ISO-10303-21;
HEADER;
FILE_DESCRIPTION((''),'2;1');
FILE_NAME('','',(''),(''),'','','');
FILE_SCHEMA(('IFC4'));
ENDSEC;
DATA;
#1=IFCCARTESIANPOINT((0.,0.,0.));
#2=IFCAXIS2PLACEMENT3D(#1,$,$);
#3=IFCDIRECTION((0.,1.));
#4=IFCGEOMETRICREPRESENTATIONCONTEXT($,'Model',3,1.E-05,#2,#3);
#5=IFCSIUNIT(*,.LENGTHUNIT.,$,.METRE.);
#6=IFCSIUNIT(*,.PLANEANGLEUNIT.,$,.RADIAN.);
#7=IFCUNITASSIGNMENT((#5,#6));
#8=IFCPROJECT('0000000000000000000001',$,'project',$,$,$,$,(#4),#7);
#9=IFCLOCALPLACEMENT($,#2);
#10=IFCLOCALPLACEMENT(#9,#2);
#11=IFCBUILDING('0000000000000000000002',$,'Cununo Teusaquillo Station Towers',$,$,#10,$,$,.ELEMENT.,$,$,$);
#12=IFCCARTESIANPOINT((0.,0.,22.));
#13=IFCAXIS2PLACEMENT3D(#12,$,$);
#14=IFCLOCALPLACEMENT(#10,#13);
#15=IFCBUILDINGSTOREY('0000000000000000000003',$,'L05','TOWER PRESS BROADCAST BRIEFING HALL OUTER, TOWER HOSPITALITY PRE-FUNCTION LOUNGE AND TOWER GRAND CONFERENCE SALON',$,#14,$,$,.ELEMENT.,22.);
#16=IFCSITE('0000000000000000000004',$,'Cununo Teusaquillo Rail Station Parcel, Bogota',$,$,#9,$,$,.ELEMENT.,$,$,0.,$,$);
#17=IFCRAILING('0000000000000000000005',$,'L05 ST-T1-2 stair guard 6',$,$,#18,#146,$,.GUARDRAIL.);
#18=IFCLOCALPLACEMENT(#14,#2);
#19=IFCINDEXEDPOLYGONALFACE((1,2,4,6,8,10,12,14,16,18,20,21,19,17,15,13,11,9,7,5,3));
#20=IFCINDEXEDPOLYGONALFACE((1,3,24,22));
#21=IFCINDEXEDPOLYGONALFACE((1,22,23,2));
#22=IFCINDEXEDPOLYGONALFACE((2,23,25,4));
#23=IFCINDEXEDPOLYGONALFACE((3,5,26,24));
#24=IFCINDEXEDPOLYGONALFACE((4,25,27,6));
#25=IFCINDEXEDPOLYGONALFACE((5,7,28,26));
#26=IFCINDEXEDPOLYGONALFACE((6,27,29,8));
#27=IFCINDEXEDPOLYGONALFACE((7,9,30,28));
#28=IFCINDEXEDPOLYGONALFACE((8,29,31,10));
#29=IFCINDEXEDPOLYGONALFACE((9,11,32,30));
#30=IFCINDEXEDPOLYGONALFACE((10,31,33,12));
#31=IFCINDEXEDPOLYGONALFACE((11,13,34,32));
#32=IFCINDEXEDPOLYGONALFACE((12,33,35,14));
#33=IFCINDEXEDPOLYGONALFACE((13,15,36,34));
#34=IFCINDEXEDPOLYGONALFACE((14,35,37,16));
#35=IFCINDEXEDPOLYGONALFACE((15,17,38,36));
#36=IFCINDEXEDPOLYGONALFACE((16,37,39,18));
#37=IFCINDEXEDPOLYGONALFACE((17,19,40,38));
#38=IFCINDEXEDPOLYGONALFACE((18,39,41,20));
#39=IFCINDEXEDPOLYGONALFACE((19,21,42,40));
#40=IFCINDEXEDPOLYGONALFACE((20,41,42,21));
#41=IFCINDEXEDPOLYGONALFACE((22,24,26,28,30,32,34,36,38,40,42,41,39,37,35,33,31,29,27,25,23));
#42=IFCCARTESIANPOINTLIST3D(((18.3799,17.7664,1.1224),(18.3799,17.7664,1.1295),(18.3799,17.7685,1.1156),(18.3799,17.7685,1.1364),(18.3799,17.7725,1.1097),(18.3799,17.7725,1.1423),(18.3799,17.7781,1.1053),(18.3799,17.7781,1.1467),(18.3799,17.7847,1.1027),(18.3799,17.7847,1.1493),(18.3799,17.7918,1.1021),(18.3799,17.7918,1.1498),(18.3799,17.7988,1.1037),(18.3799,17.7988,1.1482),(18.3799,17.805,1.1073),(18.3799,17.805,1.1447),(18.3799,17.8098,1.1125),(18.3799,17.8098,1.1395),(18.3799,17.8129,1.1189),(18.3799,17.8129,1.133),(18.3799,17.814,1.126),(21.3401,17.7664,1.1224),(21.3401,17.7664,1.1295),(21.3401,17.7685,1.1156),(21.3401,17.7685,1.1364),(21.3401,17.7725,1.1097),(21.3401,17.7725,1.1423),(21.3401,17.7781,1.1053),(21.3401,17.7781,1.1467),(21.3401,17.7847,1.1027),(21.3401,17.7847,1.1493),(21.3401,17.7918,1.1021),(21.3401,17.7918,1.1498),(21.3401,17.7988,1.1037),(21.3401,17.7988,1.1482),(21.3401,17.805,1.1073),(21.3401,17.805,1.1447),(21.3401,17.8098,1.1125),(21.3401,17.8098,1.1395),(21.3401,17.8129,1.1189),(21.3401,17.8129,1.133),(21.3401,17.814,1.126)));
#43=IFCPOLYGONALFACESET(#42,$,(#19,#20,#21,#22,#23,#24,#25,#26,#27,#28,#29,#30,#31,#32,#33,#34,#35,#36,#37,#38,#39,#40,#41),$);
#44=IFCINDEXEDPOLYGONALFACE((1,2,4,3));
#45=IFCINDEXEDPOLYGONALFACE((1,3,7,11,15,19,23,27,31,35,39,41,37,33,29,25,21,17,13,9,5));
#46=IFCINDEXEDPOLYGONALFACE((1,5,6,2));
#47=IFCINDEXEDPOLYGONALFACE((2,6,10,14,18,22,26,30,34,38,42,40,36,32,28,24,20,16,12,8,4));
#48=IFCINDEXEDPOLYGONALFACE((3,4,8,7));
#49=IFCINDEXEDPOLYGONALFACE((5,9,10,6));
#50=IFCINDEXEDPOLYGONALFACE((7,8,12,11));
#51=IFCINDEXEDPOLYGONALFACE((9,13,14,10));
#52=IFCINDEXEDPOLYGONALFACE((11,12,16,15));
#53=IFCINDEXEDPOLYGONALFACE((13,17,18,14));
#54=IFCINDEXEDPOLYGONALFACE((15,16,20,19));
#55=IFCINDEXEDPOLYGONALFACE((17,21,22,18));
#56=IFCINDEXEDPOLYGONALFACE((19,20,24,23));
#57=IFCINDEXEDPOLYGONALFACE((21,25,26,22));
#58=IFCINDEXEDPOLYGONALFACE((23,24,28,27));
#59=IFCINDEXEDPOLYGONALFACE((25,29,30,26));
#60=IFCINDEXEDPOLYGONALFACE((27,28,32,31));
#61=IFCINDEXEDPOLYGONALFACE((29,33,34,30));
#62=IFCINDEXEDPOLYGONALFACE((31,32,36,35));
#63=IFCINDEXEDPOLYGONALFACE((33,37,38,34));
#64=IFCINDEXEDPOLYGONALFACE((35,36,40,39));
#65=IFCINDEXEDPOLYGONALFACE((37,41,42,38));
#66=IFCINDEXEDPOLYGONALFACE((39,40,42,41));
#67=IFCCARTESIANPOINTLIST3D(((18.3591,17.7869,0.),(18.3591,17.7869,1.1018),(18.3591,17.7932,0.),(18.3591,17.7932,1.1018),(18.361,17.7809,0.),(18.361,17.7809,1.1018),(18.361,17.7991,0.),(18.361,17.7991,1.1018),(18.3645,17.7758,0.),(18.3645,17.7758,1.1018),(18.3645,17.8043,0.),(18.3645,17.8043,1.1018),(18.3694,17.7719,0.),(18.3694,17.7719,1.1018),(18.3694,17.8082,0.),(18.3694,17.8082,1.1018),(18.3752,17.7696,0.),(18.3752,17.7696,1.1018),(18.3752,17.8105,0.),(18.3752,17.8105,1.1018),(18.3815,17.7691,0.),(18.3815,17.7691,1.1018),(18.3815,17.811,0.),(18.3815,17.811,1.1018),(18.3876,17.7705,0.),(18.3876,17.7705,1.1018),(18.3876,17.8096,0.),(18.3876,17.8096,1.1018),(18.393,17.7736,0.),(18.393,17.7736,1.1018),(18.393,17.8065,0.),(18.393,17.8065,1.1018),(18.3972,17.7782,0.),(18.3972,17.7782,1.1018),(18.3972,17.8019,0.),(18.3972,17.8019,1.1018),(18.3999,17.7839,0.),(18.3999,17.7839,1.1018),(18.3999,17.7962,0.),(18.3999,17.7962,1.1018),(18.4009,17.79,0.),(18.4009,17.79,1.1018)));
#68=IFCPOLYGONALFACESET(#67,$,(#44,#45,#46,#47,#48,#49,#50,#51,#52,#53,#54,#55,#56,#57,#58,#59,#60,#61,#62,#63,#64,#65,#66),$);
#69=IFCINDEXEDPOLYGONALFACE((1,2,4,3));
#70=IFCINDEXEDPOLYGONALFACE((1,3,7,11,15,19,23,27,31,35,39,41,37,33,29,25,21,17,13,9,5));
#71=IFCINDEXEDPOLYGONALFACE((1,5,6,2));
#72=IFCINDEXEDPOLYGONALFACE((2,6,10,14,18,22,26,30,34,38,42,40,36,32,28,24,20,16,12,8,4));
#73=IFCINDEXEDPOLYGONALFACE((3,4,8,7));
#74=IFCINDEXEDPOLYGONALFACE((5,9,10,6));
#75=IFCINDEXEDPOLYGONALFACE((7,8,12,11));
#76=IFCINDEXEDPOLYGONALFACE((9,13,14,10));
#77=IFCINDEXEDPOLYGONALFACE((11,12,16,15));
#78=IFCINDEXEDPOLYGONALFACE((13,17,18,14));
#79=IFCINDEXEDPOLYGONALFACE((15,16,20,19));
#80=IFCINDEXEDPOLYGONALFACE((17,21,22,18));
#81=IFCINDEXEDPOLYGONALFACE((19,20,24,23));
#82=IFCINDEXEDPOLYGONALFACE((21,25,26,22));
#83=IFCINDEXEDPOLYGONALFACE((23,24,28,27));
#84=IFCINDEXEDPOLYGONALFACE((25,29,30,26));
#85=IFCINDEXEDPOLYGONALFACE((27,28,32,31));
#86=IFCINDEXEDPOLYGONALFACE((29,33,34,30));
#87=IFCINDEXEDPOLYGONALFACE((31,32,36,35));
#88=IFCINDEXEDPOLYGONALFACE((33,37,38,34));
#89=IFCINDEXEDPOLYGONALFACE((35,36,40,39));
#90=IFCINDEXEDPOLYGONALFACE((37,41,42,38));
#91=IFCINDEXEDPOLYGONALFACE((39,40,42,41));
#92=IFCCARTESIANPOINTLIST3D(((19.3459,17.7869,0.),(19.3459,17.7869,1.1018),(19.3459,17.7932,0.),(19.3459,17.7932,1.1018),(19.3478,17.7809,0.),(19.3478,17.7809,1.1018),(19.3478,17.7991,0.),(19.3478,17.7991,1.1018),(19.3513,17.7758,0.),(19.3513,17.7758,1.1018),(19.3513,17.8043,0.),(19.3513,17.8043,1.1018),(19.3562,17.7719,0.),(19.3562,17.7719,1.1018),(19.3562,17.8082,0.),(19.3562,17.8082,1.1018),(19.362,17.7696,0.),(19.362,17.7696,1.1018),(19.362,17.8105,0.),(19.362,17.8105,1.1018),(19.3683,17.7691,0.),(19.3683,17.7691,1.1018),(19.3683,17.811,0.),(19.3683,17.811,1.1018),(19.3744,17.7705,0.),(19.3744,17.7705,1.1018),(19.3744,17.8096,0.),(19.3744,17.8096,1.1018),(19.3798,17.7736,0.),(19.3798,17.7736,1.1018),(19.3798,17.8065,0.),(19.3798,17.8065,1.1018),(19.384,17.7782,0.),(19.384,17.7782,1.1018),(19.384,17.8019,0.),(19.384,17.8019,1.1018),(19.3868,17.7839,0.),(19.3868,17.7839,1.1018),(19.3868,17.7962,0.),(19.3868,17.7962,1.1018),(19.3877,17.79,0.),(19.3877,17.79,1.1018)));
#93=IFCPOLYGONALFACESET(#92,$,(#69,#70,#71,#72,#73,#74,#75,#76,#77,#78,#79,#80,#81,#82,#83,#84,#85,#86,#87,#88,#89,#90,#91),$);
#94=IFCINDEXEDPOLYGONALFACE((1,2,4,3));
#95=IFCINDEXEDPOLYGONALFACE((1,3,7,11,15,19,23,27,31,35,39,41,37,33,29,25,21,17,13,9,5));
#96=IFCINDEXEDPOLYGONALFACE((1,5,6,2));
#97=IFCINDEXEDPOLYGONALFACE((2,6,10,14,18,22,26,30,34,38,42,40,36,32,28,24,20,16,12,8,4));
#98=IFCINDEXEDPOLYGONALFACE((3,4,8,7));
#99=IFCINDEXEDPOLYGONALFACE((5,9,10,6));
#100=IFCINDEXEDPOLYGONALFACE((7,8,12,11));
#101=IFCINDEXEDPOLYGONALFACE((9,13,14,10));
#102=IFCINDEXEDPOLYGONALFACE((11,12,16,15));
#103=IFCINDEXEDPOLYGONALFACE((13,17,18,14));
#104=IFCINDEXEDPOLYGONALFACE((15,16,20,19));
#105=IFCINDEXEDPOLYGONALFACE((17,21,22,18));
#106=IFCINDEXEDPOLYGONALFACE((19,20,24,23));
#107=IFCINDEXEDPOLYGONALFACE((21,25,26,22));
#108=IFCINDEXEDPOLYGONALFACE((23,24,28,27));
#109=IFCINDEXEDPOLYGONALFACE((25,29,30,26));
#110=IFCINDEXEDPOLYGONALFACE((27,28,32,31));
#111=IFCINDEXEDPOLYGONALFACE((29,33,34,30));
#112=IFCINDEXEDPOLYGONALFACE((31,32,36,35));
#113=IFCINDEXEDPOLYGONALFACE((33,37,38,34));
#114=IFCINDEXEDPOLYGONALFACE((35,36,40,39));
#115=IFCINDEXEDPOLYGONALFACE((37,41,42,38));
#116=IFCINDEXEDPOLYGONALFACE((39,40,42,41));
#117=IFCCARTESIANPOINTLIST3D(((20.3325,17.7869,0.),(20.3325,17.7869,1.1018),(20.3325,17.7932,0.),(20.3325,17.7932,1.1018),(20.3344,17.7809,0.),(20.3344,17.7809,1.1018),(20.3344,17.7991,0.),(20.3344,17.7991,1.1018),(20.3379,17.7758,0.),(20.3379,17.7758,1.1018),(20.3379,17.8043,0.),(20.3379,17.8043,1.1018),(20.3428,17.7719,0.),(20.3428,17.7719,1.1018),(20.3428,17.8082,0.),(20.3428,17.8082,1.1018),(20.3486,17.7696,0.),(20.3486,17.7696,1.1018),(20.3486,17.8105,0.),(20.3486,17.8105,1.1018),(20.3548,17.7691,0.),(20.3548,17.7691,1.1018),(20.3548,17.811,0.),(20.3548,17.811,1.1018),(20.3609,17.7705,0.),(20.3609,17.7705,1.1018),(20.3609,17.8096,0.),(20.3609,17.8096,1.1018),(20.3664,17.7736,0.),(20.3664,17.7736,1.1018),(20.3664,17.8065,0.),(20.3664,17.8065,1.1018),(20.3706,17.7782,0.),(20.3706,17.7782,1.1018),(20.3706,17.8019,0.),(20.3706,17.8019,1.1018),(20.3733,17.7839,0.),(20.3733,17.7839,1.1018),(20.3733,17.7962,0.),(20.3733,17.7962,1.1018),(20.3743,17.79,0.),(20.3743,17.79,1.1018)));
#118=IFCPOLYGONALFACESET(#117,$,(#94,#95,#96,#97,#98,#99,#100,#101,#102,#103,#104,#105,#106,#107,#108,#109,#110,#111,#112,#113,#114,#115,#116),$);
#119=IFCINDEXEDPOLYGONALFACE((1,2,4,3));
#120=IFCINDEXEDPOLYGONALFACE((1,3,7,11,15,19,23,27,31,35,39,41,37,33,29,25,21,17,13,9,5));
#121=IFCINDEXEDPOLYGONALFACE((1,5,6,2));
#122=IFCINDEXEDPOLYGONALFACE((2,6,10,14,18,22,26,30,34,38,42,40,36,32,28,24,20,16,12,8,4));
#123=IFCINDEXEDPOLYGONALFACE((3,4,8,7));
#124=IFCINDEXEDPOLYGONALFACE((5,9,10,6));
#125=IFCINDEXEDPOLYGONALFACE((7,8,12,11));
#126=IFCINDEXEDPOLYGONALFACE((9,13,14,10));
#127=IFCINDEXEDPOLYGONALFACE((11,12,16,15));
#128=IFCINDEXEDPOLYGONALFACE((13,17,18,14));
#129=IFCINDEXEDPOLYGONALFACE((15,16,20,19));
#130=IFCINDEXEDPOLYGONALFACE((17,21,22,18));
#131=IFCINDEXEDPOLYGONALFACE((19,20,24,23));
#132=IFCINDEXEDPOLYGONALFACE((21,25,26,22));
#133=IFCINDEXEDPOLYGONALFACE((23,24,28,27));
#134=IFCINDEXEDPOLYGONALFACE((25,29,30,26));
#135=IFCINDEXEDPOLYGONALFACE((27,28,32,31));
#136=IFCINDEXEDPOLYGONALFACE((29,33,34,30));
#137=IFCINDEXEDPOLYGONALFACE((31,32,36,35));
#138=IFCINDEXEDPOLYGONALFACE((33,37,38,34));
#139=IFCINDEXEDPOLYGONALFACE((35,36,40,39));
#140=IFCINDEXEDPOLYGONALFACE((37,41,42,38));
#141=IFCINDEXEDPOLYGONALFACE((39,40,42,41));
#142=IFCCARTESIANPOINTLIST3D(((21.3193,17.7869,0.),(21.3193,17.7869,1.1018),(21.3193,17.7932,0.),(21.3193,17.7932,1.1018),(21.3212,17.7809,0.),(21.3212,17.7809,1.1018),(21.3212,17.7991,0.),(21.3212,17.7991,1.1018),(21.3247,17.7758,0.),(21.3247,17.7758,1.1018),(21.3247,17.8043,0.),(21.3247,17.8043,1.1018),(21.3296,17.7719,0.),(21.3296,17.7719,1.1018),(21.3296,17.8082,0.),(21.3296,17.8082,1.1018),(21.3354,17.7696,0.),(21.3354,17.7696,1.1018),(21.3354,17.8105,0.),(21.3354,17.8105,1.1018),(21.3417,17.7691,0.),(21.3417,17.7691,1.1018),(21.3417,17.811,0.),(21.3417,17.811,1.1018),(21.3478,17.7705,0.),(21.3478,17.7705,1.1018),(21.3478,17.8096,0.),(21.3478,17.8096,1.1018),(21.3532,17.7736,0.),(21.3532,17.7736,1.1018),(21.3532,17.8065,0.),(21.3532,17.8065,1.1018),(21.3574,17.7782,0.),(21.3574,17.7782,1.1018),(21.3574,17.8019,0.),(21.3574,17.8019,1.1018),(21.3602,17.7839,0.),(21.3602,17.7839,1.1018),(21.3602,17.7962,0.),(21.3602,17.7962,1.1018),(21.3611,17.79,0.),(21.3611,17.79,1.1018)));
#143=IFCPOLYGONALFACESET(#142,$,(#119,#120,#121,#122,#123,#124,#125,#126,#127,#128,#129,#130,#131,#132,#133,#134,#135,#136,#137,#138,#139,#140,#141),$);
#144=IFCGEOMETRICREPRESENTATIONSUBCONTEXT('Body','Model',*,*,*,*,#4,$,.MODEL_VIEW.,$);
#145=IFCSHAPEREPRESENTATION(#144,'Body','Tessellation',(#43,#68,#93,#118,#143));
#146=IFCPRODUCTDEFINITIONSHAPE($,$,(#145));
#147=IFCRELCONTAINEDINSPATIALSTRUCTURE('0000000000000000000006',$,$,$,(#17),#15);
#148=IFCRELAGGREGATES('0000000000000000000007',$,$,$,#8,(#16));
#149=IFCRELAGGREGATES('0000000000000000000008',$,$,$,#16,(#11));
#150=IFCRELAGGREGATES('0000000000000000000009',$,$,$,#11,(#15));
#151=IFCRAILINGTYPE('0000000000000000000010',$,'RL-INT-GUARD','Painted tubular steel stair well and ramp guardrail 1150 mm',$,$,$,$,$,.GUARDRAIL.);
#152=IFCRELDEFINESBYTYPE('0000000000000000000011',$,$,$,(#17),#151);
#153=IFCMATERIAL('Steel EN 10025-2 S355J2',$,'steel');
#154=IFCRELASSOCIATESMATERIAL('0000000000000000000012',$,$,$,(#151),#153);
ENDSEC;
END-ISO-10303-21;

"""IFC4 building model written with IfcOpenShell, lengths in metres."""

from ifc_helpers import new_model, si_unit, direction, frame, origin, origin_2d, place, context, subcontext, project, spatial, circle, extrude, material, type_object, element, save


model = new_model("IFC4")

# Units and contexts
model_context = context("Model", 3, precision=1e-05, world=origin(), true_north=direction((0.0, 1.0)))
body_context = subcontext(model_context, "Body", "Model", "MODEL_VIEW")
ifc_project = project(units=[si_unit("LENGTHUNIT", "METRE"), si_unit("PLANEANGLEUNIT", "RADIAN")], contexts=[model_context])

# Site, building, storey
site_placement = place(None, origin())
site = spatial("IfcSite", under=ifc_project, at=site_placement, Name="Cununo Teusaquillo Rail Station Parcel, Bogota", CompositionType="ELEMENT", RefElevation=0.0)
building_placement = place(site_placement, origin())
building = spatial("IfcBuilding", under=site, at=building_placement, Name="Cununo Teusaquillo Station Towers", CompositionType="ELEMENT")
storey_placement = place(building_placement, frame((0.0, 0.0, 22.0)))
storey = spatial("IfcBuildingStorey", under=building, at=storey_placement, Name="L05", Description="TOWER PRESS BROADCAST BRIEFING HALL OUTER, TOWER HOSPITALITY PRE-FUNCTION LOUNGE AND TOWER GRAND CONFERENCE SALON", CompositionType="ELEMENT", Elevation=22.0)

# Railing
ifc_material_1 = material(Name="Steel EN 10025-2 S355J2", Category="steel")
railing_type_1 = type_object("IfcRailingType", Name="RL-INT-GUARD", Description="Painted tubular steel stair well and ramp guardrail 1150 mm", PredefinedType="GUARDRAIL", material=ifc_material_1)
railing_1_placement = place(storey_placement, frame((18.3799, 17.79, 0.0)))
element("IfcRailing", 1, at=railing_1_placement, inside=storey, type_object=railing_type_1, Name="L05 ST-T1-2 stair guard 6", PredefinedType="GUARDRAIL", context=body_context, shape_type="SweptSolid", body=[
    extrude(circle(Radius=0.0239, at=origin_2d()), frame((0.0, 0.0, 1.126), z_axis=(1.0, 0.0, 0.0), x_axis=(0.0, 1.0, 0.0)), (0.0, 0.0, 1.0), 2.9602),
    extrude(circle(Radius=0.021, at=origin_2d()), origin(), (0.0, 0.0, 1.0), 1.1018),
    extrude(circle(Radius=0.021, at=origin_2d()), frame((0.9868, 0.0, 0.0)), (0.0, 0.0, 1.0), 1.1018),
    extrude(circle(Radius=0.021, at=origin_2d()), frame((1.9734, 0.0, 0.0)), (0.0, 0.0, 1.0), 1.1018),
    extrude(circle(Radius=0.021, at=origin_2d()), frame((2.9602, 0.0, 0.0)), (0.0, 0.0, 1.0), 1.1018),
])

save(model, "model.ifc")
